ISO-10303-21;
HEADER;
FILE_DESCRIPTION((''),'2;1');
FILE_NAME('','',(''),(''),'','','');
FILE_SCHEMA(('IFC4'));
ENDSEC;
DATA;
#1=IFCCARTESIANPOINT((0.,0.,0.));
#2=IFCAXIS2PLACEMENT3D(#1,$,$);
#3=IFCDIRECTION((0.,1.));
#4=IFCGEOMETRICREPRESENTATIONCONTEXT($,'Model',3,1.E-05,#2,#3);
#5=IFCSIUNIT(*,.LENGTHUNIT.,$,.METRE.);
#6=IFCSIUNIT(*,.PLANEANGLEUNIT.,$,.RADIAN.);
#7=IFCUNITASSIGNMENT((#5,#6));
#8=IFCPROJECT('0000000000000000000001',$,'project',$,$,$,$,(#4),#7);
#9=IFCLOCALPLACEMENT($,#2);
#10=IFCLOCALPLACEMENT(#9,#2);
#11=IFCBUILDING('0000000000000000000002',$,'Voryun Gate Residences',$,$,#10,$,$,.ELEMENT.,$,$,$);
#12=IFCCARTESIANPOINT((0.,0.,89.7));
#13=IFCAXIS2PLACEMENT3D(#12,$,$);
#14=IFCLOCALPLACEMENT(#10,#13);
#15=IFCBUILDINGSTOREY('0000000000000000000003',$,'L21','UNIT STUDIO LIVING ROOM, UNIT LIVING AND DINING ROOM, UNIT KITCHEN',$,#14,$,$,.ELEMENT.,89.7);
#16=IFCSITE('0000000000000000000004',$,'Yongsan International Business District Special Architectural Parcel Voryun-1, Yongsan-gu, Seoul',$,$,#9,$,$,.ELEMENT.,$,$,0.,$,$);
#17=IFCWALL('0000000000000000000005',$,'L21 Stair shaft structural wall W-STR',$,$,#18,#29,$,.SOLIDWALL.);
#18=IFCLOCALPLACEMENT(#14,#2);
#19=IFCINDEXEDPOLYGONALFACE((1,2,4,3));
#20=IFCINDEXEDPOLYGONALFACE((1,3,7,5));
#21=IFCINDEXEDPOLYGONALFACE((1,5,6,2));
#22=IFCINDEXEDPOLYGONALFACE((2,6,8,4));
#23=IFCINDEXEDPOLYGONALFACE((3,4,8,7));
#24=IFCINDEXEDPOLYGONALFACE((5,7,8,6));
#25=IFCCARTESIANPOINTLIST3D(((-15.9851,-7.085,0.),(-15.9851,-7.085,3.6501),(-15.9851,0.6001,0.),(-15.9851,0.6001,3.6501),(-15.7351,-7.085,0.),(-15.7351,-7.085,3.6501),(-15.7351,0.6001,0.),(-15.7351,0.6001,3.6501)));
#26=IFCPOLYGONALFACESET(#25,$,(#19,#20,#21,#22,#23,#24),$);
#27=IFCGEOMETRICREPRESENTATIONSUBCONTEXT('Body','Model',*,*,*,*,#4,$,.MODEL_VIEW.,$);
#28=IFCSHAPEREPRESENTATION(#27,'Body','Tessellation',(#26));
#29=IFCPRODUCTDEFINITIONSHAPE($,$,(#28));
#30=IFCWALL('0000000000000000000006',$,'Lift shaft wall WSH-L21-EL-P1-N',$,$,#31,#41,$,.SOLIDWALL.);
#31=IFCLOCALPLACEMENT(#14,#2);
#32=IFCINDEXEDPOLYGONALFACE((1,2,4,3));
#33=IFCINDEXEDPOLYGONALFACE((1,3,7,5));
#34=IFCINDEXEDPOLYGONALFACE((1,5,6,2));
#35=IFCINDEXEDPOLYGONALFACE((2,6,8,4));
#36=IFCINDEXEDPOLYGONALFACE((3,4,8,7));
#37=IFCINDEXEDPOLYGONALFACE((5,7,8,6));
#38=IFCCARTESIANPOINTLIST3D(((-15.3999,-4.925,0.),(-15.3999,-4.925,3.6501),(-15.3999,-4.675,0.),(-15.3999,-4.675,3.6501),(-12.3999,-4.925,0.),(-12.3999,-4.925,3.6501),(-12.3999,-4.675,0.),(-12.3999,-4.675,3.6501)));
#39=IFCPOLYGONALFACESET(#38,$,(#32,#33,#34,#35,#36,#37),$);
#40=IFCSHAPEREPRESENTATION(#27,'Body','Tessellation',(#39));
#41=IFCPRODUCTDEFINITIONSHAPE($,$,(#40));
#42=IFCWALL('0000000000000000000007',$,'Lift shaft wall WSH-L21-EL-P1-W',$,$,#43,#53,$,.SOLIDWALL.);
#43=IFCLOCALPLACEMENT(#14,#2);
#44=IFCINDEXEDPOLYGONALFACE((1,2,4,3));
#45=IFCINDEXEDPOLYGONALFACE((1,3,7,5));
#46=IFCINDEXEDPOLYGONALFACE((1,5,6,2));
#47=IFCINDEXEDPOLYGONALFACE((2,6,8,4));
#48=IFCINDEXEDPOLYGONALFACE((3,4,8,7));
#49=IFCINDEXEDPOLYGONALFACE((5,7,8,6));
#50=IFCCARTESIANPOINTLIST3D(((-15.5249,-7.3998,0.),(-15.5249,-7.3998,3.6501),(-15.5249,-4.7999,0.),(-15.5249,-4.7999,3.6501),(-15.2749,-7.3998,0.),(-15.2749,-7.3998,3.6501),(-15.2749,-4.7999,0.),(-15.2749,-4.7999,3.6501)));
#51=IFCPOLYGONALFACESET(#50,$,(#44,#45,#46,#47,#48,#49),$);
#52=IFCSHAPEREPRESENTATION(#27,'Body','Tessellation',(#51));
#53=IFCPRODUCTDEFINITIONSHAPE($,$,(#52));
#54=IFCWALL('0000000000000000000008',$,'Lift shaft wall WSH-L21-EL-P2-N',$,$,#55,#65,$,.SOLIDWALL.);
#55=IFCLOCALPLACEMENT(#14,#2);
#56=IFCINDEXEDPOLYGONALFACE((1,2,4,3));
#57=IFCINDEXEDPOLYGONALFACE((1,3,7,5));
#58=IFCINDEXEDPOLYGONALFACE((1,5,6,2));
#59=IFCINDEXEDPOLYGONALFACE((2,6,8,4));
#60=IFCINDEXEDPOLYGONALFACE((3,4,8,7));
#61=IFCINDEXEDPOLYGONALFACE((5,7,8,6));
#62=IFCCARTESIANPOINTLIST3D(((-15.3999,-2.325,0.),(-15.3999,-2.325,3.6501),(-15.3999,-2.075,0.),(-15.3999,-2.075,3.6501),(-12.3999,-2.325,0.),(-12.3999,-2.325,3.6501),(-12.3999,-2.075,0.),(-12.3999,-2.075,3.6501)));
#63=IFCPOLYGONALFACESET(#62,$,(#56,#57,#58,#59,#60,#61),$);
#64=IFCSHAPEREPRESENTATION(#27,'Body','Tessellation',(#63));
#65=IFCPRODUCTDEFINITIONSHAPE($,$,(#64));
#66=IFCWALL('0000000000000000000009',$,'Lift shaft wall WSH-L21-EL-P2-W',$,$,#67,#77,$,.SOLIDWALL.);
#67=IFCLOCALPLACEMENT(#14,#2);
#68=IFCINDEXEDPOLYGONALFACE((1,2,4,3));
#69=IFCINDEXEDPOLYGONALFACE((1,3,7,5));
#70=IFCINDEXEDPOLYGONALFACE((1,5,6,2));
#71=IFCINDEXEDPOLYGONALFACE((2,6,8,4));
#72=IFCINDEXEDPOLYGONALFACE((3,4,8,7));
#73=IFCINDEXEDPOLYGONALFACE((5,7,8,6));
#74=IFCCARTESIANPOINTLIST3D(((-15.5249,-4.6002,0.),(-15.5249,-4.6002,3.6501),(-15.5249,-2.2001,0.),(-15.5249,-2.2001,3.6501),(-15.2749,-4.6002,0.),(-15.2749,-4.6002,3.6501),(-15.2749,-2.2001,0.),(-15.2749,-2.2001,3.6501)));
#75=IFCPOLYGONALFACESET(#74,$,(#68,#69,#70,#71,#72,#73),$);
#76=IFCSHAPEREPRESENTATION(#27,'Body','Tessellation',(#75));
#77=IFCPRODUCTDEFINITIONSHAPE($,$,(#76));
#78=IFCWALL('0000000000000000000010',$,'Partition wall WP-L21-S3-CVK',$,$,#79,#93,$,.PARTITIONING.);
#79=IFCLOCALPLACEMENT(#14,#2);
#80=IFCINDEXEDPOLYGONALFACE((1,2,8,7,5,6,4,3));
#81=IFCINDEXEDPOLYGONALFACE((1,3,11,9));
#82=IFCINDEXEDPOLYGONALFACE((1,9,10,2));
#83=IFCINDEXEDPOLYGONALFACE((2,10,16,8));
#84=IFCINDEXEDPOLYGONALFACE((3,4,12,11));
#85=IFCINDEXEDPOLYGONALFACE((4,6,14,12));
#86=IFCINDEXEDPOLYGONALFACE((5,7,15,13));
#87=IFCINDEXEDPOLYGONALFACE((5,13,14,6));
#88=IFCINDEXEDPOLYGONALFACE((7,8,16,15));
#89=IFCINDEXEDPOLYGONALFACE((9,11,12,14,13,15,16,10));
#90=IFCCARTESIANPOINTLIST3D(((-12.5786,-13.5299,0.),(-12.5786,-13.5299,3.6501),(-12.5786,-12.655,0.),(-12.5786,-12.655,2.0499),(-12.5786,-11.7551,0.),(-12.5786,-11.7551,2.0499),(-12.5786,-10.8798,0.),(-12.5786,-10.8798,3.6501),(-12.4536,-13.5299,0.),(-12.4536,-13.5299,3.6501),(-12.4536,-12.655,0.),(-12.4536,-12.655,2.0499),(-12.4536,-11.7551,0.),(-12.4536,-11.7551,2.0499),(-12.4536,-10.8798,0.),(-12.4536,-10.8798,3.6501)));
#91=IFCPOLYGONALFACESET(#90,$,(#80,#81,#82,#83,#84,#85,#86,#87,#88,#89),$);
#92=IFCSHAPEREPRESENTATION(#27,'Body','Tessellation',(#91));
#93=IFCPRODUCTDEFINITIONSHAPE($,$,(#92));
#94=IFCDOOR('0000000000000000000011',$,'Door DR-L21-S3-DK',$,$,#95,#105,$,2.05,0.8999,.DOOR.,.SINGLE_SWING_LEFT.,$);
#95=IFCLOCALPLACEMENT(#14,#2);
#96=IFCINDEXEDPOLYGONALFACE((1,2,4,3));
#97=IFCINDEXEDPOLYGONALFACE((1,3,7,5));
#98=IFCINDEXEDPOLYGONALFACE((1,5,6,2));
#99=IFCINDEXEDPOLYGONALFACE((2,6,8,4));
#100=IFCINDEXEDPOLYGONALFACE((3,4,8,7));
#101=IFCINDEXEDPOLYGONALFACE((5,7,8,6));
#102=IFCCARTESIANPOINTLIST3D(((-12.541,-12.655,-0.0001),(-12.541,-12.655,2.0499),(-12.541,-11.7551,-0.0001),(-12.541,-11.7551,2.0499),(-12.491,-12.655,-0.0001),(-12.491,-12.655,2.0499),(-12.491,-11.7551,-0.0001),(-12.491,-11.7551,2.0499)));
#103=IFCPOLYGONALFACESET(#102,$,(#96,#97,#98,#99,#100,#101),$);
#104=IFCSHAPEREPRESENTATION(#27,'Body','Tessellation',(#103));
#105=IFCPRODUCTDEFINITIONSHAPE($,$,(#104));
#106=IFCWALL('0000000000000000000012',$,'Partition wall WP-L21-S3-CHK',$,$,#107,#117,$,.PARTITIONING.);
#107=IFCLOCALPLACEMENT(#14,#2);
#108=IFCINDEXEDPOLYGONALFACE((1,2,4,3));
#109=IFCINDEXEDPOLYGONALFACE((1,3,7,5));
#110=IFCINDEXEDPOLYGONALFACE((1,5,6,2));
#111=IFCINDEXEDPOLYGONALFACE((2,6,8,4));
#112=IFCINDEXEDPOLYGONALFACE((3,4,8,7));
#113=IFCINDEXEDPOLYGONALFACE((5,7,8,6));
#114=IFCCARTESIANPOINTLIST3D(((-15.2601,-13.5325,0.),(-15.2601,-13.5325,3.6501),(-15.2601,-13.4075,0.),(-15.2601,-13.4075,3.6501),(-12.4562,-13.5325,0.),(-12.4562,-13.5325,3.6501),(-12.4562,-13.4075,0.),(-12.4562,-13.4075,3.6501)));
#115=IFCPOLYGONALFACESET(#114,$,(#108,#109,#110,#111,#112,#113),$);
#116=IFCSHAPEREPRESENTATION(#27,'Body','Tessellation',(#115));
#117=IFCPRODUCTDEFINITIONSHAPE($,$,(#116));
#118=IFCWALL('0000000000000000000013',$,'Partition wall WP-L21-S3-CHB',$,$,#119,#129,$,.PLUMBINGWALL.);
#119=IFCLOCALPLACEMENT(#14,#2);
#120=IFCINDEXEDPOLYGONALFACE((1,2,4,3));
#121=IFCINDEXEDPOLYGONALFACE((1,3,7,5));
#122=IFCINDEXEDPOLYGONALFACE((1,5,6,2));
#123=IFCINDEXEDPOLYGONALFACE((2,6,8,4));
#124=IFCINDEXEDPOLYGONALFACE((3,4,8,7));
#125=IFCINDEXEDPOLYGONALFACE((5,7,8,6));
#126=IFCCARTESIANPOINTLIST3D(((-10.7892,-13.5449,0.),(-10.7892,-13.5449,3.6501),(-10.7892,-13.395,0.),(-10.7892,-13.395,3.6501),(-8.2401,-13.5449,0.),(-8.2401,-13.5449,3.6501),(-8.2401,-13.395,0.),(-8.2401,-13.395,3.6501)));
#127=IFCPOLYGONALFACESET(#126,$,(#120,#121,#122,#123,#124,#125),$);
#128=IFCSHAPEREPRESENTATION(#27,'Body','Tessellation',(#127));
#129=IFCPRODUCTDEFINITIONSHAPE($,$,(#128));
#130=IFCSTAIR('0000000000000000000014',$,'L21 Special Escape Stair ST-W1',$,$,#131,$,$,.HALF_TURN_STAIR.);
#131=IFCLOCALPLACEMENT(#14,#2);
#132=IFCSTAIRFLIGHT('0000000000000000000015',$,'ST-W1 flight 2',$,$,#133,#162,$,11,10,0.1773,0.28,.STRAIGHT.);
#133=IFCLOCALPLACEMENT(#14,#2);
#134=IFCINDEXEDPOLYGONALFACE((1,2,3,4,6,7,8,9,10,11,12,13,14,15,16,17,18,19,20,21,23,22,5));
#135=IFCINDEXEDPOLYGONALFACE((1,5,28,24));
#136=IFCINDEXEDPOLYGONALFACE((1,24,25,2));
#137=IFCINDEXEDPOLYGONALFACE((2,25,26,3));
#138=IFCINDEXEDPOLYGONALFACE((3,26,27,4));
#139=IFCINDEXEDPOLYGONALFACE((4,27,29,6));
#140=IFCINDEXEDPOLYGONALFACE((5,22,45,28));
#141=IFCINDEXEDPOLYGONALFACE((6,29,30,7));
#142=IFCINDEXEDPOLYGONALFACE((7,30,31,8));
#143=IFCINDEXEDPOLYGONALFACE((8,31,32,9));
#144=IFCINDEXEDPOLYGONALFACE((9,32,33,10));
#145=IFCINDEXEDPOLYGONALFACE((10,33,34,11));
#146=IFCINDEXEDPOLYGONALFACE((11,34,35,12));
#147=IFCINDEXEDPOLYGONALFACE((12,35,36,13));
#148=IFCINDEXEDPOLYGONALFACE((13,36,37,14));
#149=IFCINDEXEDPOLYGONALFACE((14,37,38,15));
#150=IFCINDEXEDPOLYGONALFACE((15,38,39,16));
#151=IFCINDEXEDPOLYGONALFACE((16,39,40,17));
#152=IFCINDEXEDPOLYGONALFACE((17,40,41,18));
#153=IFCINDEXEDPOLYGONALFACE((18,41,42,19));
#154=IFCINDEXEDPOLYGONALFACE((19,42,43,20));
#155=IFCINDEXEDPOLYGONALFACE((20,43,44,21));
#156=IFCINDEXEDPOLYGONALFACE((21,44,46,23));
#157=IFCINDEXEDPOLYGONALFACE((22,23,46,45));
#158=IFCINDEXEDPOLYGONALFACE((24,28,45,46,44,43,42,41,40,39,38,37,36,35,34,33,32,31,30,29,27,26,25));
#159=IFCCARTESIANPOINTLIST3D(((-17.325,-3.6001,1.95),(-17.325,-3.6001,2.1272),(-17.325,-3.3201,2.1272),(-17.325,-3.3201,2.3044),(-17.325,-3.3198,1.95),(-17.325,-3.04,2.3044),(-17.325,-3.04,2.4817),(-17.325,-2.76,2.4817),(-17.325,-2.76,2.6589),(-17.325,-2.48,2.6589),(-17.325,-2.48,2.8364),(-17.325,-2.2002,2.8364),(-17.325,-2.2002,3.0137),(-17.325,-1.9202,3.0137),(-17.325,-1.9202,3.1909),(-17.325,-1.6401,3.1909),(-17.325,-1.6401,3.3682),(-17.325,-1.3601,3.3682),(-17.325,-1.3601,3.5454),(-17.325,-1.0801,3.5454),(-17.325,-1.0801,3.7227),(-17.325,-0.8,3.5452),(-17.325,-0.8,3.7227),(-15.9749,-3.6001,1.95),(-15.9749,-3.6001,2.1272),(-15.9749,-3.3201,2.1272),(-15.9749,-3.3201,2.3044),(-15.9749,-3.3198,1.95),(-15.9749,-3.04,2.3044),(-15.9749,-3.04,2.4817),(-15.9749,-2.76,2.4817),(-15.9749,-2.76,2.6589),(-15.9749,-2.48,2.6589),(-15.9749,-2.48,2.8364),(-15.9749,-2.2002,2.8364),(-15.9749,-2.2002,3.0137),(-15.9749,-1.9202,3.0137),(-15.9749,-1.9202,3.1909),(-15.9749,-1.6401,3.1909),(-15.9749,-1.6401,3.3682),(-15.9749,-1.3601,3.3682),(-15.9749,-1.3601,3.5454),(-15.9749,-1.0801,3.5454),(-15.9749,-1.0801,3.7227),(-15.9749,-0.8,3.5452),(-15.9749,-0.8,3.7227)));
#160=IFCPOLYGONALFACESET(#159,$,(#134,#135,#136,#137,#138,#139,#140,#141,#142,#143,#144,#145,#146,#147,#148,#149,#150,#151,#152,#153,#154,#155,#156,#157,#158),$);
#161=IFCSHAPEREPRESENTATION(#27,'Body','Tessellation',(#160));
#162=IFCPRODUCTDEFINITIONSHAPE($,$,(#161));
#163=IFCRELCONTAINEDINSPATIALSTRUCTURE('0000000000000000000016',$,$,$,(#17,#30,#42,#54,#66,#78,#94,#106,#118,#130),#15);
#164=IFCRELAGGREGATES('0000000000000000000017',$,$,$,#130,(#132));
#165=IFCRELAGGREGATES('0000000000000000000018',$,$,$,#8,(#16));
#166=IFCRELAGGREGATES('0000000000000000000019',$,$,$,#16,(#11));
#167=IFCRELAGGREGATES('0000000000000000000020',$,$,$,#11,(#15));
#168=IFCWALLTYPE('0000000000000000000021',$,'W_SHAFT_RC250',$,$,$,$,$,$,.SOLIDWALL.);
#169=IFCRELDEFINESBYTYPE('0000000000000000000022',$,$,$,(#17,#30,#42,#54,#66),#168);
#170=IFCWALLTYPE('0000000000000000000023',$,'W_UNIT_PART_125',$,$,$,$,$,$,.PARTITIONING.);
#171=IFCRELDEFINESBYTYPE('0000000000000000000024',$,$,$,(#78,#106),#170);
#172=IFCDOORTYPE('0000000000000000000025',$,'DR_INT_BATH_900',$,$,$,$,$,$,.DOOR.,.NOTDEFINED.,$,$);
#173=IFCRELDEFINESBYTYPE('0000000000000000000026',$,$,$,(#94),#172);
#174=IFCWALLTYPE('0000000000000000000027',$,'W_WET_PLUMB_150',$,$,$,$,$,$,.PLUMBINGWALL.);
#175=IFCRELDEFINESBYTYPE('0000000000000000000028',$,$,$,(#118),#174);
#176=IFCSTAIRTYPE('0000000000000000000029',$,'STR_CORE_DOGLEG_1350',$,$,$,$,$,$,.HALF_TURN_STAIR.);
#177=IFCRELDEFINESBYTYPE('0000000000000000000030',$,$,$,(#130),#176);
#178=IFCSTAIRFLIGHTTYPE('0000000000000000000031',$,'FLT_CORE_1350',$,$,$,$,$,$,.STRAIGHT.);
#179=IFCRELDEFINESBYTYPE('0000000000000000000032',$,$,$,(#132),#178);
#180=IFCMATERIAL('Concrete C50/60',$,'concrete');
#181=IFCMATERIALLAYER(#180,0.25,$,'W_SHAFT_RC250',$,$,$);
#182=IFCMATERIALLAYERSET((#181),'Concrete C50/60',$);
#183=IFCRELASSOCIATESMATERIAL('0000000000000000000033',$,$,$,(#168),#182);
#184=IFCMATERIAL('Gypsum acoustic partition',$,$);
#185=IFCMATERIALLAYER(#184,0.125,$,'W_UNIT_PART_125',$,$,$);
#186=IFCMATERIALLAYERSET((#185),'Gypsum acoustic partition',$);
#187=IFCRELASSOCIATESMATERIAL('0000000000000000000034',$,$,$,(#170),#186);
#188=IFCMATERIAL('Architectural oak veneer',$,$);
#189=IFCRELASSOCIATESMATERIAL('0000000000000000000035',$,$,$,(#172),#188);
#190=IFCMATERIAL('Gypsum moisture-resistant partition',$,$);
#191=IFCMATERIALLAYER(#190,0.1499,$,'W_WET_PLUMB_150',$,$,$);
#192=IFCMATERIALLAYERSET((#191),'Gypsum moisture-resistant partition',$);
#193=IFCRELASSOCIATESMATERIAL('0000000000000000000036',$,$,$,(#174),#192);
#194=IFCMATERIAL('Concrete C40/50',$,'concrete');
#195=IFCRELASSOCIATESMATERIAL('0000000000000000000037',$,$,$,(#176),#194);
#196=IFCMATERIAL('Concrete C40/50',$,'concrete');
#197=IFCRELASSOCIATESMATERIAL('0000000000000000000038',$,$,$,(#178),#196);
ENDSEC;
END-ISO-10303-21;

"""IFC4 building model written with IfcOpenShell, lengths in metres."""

from ifc_helpers import new_model, si_unit, direction, frame, frame_2d, origin, place, context, subcontext, project, spatial, polyline, rectangle, outline, extrude, material, layer, layer_set, type_object, element, fill, aggregate, save


model = new_model("IFC4")

# Units and contexts
model_context = context("Model", 3, precision=1e-05, world=origin(), true_north=direction((0.0, 1.0)))
body_context = subcontext(model_context, "Body", "Model", "MODEL_VIEW")
ifc_project = project(units=[si_unit("LENGTHUNIT", "METRE"), si_unit("PLANEANGLEUNIT", "RADIAN")], contexts=[model_context])

# Site, building, storey
site_placement = place(None, origin())
site = spatial("IfcSite", under=ifc_project, at=site_placement, Name="Yongsan International Business District Special Architectural Parcel Voryun-1, Yongsan-gu, Seoul", CompositionType="ELEMENT", RefElevation=0.0)
building_placement = place(site_placement, origin())
building = spatial("IfcBuilding", under=site, at=building_placement, Name="Voryun Gate Residences", CompositionType="ELEMENT")
storey_placement = place(building_placement, frame((0.0, 0.0, 89.7)))
storey = spatial("IfcBuildingStorey", under=building, at=storey_placement, Name="L21", Description="UNIT STUDIO LIVING ROOM, UNIT LIVING AND DINING ROOM, UNIT KITCHEN", CompositionType="ELEMENT", Elevation=89.7)

# Walls
ifc_material_1 = material(Name="Concrete C50/60", Category="concrete")
ifc_layer_1 = layer(ifc_material_1, 0.25, Name="W_SHAFT_RC250")
ifc_layer_set_1 = layer_set([ifc_layer_1], Name="Concrete C50/60")
wall_type_1 = type_object("IfcWallType", Name="W_SHAFT_RC250", PredefinedType="SOLIDWALL", material=ifc_layer_set_1)
wall_1_placement = place(storey_placement, frame((-15.8601, -7.085, 0.0), z_axis=(0.0, 0.0, 1.0), x_axis=(0.0, 1.0, 0.0)))
element("IfcWall", 1, at=wall_1_placement, inside=storey, type_object=wall_type_1, Name="L21 Stair shaft structural wall W-STR", PredefinedType="SOLIDWALL", context=body_context, shape_type="SweptSolid", body=[
    extrude(rectangle(XDim=7.6851, YDim=0.25, at=frame_2d((3.8425, 0.0))), origin(), (0.0, 0.0, 1.0), 3.6501),
])
wall_2_placement = place(storey_placement, frame((-12.3999, -4.8, 0.0), z_axis=(0.0, 0.0, 1.0), x_axis=(-1.0, 0.0, 0.0)))
element("IfcWall", 2, at=wall_2_placement, inside=storey, type_object=wall_type_1, Name="Lift shaft wall WSH-L21-EL-P1-N", PredefinedType="SOLIDWALL", context=body_context, shape_type="SweptSolid", body=[
    extrude(rectangle(XDim=3.0, YDim=0.25, at=frame_2d((1.5, 0.0))), origin(), (0.0, 0.0, 1.0), 3.6501),
])
wall_3_placement = place(storey_placement, frame((-15.3999, -4.8, 0.0), z_axis=(0.0, 0.0, 1.0), x_axis=(0.0, -1.0, 0.0)))
element("IfcWall", 3, at=wall_3_placement, inside=storey, type_object=wall_type_1, Name="Lift shaft wall WSH-L21-EL-P1-W", PredefinedType="SOLIDWALL", context=body_context, shape_type="SweptSolid", body=[
    extrude(rectangle(XDim=2.5999, YDim=0.25, at=frame_2d((1.2998, 0.0))), origin(), (0.0, 0.0, 1.0), 3.6501),
])
wall_4_placement = place(storey_placement, frame((-12.3999, -2.2, 0.0), z_axis=(0.0, 0.0, 1.0), x_axis=(-1.0, 0.0, 0.0)))
element("IfcWall", 4, at=wall_4_placement, inside=storey, type_object=wall_type_1, Name="Lift shaft wall WSH-L21-EL-P2-N", PredefinedType="SOLIDWALL", context=body_context, shape_type="SweptSolid", body=[
    extrude(rectangle(XDim=3.0, YDim=0.25, at=frame_2d((1.5, 0.0))), origin(), (0.0, 0.0, 1.0), 3.6501),
])
wall_5_placement = place(storey_placement, frame((-15.3999, -2.2, 0.0), z_axis=(0.0, 0.0, 1.0), x_axis=(0.0, -1.0, 0.0)))
element("IfcWall", 5, at=wall_5_placement, inside=storey, type_object=wall_type_1, Name="Lift shaft wall WSH-L21-EL-P2-W", PredefinedType="SOLIDWALL", context=body_context, shape_type="SweptSolid", body=[
    extrude(rectangle(XDim=2.4001, YDim=0.25, at=frame_2d((1.2002, 0.0))), origin(), (0.0, 0.0, 1.0), 3.6501),
])

# Wall, opening, door
ifc_material_2 = material(Name="Gypsum acoustic partition")
ifc_layer_2 = layer(ifc_material_2, 0.125, Name="W_UNIT_PART_125")
ifc_layer_set_2 = layer_set([ifc_layer_2], Name="Gypsum acoustic partition")
wall_type_2 = type_object("IfcWallType", Name="W_UNIT_PART_125", PredefinedType="PARTITIONING", material=ifc_layer_set_2)
wall_6_placement = place(storey_placement, frame((-12.5161, -13.53, 0.0), z_axis=(0.0, 0.0, 1.0), x_axis=(0.0, 1.0, 0.0)))
wall_6 = element("IfcWall", 6, at=wall_6_placement, inside=storey, type_object=wall_type_2, Name="Partition wall WP-L21-S3-CVK", PredefinedType="PARTITIONING", context=body_context, shape_type="SweptSolid", body=[
    extrude(rectangle(XDim=2.6501, YDim=0.125, at=frame_2d((1.3252, 0.0))), origin(), (0.0, 0.0, 1.0), 3.6501),
])
opening_1_placement = place(wall_6_placement, frame((0.875, 0.0, 0.0)))
opening_1 = element("IfcOpeningElement", 7, at=opening_1_placement, cuts=wall_6, PredefinedType="OPENING", context=body_context, shape_type="SweptSolid", body=[
    extrude(rectangle(XDim=0.8999, YDim=2.05, at=frame_2d((0.45, 1.0249))), frame((0.0, 0.0725, 0.0), z_axis=(0.0, -1.0, 0.0), x_axis=(1.0, 0.0, 0.0)), (0.0, 0.0, 1.0), 0.145),
])
ifc_material_3 = material(Name="Architectural oak veneer")
door_type_1 = type_object("IfcDoorType", Name="DR_INT_BATH_900", OperationType="NOTDEFINED", PredefinedType="DOOR", material=ifc_material_3)
door_1_placement = place(opening_1_placement, origin())
door_1 = element("IfcDoor", 8, at=door_1_placement, inside=storey, type_object=door_type_1, Name="Door DR-L21-S3-DK", OperationType="SINGLE_SWING_LEFT", OverallHeight=2.05, OverallWidth=0.8999, PredefinedType="DOOR", context=body_context, shape_type="SweptSolid", body=[
    extrude(rectangle(XDim=0.8999, YDim=2.05, at=frame_2d((0.45, 1.0249))), frame((0.0, 0.0249, 0.0), z_axis=(0.0, -1.0, 0.0), x_axis=(1.0, 0.0, 0.0)), (0.0, 0.0, 1.0), 0.05),
])
fill(opening_1, door_1)

# Walls
wall_7_placement = place(storey_placement, frame((-15.26, -13.47, 0.0), z_axis=(0.0, 0.0, 1.0), x_axis=(1.0, 0.0, 0.0)))
element("IfcWall", 9, at=wall_7_placement, inside=storey, type_object=wall_type_2, Name="Partition wall WP-L21-S3-CHK", PredefinedType="PARTITIONING", context=body_context, shape_type="SweptSolid", body=[
    extrude(rectangle(XDim=2.804, YDim=0.125, at=frame_2d((1.4019, 0.0))), origin(), (0.0, 0.0, 1.0), 3.6501),
])
ifc_material_4 = material(Name="Gypsum moisture-resistant partition")
ifc_layer_3 = layer(ifc_material_4, 0.1499, Name="W_WET_PLUMB_150")
ifc_layer_set_3 = layer_set([ifc_layer_3], Name="Gypsum moisture-resistant partition")
wall_type_3 = type_object("IfcWallType", Name="W_WET_PLUMB_150", PredefinedType="PLUMBINGWALL", material=ifc_layer_set_3)
wall_8_placement = place(storey_placement, frame((-10.7891, -13.47, 0.0), z_axis=(0.0, 0.0, 1.0), x_axis=(1.0, 0.0, 0.0)))
element("IfcWall", 10, at=wall_8_placement, inside=storey, type_object=wall_type_3, Name="Partition wall WP-L21-S3-CHB", PredefinedType="PLUMBINGWALL", context=body_context, shape_type="SweptSolid", body=[
    extrude(rectangle(XDim=2.5491, YDim=0.1499, at=frame_2d((1.2744, 0.0))), origin(), (0.0, 0.0, 1.0), 3.6501),
])

# Stair, stair flight
ifc_material_5 = material(Name="Concrete C40/50", Category="concrete")
stair_type = type_object("IfcStairType", Name="STR_CORE_DOGLEG_1350", PredefinedType="HALF_TURN_STAIR", material=ifc_material_5)
stair_placement = place(storey_placement, origin())
stair = element("IfcStair", 11, at=stair_placement, inside=storey, type_object=stair_type, Name="L21 Special Escape Stair ST-W1", PredefinedType="HALF_TURN_STAIR")
ifc_material_6 = material(Name="Concrete C40/50", Category="concrete")
stair_flight_type = type_object("IfcStairFlightType", Name="FLT_CORE_1350", PredefinedType="STRAIGHT", material=ifc_material_6)
stair_flight_placement = place(storey_placement, frame((-16.6499, -3.6001, 1.95), z_axis=(0.0, 0.0, 1.0), x_axis=(0.0, 1.0, 0.0)))
stair_flight = element("IfcStairFlight", 12, at=stair_flight_placement, type_object=stair_flight_type, Name="ST-W1 flight 2", NumberOfRisers=11, NumberOfTreads=10, PredefinedType="STRAIGHT", RiserHeight=0.1773, TreadLength=0.28, context=body_context, shape_type="SweptSolid", body=[
    extrude(outline(polyline([(0.0, 0.0), (0.0, 0.1772), (0.28, 0.1772), (0.28, 0.3545), (0.5601, 0.3545), (0.5601, 0.5317), (0.8401, 0.5317), (0.8401, 0.709), (1.1201, 0.709), (1.1201, 0.8865), (1.3999, 0.8865), (1.3999, 1.0637), (1.6799, 1.0637), (1.6799, 1.241), (1.96, 1.241), (1.96, 1.4182), (2.24, 1.4182), (2.24, 1.5955), (2.52, 1.5955), (2.52, 1.7727), (2.8, 1.7727), (2.8, 1.95), (2.8, 1.5952), (0.2803, 0.0), (0.0, 0.0)])), frame((0.0, 0.675, 0.0), z_axis=(0.0, -1.0, 0.0), x_axis=(1.0, 0.0, 0.0)), (0.0, 0.0, 1.0), 1.3501),
])
aggregate(stair, [stair_flight])

save(model, "model.ifc")
